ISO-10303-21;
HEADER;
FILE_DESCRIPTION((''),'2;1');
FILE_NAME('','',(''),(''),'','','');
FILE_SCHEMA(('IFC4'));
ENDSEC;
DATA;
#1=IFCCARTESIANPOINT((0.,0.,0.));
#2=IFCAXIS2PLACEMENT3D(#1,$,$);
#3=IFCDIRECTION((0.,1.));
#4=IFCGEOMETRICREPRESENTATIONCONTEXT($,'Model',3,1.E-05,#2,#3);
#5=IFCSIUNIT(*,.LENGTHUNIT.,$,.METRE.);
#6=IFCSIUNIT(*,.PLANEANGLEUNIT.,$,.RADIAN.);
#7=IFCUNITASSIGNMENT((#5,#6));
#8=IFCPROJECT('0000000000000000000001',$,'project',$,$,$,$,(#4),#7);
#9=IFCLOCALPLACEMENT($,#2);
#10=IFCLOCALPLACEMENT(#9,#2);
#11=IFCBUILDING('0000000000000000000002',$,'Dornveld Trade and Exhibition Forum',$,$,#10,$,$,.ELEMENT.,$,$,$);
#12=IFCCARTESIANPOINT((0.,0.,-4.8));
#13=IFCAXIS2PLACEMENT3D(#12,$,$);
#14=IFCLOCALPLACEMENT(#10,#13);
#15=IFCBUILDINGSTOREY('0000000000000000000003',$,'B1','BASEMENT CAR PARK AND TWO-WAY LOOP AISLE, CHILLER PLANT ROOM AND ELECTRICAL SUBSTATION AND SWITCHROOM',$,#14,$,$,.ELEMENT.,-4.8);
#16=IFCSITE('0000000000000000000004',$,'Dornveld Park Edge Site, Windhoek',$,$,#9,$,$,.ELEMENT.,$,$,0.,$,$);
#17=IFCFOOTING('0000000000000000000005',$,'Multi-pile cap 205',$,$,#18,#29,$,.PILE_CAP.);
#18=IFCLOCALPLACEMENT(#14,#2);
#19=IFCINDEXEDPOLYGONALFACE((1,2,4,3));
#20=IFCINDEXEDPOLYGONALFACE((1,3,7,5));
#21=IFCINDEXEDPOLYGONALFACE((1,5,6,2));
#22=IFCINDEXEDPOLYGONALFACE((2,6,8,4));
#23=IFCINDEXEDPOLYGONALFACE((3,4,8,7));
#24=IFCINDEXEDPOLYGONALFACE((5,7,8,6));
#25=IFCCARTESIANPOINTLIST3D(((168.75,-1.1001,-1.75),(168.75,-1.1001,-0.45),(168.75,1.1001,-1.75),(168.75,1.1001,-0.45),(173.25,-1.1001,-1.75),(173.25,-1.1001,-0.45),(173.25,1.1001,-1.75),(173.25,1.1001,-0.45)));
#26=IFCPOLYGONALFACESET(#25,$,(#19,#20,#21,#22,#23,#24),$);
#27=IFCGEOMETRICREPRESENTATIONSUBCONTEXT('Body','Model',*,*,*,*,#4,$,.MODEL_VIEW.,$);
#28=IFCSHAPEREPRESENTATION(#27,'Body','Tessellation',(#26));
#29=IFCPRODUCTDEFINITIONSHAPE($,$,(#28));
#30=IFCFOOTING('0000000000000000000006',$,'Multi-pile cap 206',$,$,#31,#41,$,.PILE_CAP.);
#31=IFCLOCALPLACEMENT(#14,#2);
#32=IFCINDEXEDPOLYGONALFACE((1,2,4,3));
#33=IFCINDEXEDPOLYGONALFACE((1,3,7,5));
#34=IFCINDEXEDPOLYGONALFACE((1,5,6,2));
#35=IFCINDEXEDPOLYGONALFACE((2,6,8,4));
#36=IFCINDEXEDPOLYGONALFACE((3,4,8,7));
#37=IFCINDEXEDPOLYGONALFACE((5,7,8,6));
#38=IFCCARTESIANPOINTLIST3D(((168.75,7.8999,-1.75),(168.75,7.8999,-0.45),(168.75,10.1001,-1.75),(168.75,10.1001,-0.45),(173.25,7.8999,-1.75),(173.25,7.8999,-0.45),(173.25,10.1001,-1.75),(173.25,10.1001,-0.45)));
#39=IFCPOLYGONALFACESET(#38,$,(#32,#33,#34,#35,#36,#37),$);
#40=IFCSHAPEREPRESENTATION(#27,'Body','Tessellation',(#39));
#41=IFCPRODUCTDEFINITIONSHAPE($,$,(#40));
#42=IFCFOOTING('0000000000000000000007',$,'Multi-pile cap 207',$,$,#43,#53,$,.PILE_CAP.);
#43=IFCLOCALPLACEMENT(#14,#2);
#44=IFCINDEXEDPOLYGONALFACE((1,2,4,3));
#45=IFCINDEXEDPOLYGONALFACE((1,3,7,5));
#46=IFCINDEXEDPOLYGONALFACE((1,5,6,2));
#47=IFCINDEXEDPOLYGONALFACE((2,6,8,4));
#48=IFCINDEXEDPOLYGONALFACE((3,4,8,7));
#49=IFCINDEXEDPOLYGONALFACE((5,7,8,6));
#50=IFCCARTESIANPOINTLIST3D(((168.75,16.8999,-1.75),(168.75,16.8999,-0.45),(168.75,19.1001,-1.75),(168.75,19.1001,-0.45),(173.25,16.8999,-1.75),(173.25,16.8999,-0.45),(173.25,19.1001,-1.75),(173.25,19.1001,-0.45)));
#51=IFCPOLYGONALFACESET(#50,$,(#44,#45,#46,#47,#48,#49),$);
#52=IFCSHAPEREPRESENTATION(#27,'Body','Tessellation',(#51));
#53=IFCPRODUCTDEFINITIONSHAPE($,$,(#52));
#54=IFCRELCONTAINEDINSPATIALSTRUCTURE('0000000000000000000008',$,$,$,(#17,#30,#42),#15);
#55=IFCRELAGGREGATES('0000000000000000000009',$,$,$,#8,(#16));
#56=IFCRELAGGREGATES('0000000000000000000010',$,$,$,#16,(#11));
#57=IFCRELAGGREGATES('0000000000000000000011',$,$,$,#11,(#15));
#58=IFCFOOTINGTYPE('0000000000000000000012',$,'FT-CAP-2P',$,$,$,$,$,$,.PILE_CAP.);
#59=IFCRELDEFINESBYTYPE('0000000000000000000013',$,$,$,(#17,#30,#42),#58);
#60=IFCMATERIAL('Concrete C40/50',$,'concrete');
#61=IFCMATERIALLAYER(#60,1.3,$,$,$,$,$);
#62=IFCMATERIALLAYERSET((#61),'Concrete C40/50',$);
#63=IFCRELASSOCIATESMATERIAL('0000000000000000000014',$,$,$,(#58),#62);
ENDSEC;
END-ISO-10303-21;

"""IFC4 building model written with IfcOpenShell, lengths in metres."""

from ifc_helpers import new_model, si_unit, direction, frame, origin, place, context, subcontext, project, spatial, polyline, outline, extrude, material, layer, layer_set, type_object, element, save


model = new_model("IFC4")

# Units and contexts
model_context = context("Model", 3, precision=1e-05, world=origin(), true_north=direction((0.0, 1.0)))
body_context = subcontext(model_context, "Body", "Model", "MODEL_VIEW")
ifc_project = project(units=[si_unit("LENGTHUNIT", "METRE"), si_unit("PLANEANGLEUNIT", "RADIAN")], contexts=[model_context])

# Site, building, storey
site_placement = place(None, origin())
site = spatial("IfcSite", under=ifc_project, at=site_placement, Name="Dornveld Park Edge Site, Windhoek", CompositionType="ELEMENT", RefElevation=0.0)
building_placement = place(site_placement, origin())
building = spatial("IfcBuilding", under=site, at=building_placement, Name="Dornveld Trade and Exhibition Forum", CompositionType="ELEMENT")
storey_placement = place(building_placement, frame((0.0, 0.0, -4.8)))
storey = spatial("IfcBuildingStorey", under=building, at=storey_placement, Name="B1", Description="BASEMENT CAR PARK AND TWO-WAY LOOP AISLE, CHILLER PLANT ROOM AND ELECTRICAL SUBSTATION AND SWITCHROOM", CompositionType="ELEMENT", Elevation=-4.8)

# Footings
ifc_material = material(Name="Concrete C40/50", Category="concrete")
ifc_layer = layer(ifc_material, 1.3)
ifc_layer_set = layer_set([ifc_layer], Name="Concrete C40/50")
footing_type = type_object("IfcFootingType", Name="FT-CAP-2P", PredefinedType="PILE_CAP", material=ifc_layer_set)
footing_1_placement = place(storey_placement, frame((0.0, 0.0, -1.75)))
element("IfcFooting", 1, at=footing_1_placement, inside=storey, type_object=footing_type, Name="Multi-pile cap 205", PredefinedType="PILE_CAP", context=body_context, shape_type="SweptSolid", body=[
    extrude(outline(polyline([(168.75, -1.1001), (173.25, -1.1001), (173.25, 1.1001), (168.75, 1.1001), (168.75, -1.1001)])), origin(), (0.0, 0.0, 1.0), 1.3),
])
footing_2_placement = place(storey_placement, frame((0.0, 0.0, -1.75)))
element("IfcFooting", 2, at=footing_2_placement, inside=storey, type_object=footing_type, Name="Multi-pile cap 206", PredefinedType="PILE_CAP", context=body_context, shape_type="SweptSolid", body=[
    extrude(outline(polyline([(168.75, 7.8999), (173.25, 7.8999), (173.25, 10.1001), (168.75, 10.1001), (168.75, 7.8999)])), origin(), (0.0, 0.0, 1.0), 1.3),
])
footing_3_placement = place(storey_placement, frame((0.0, 0.0, -1.75)))
element("IfcFooting", 3, at=footing_3_placement, inside=storey, type_object=footing_type, Name="Multi-pile cap 207", PredefinedType="PILE_CAP", context=body_context, shape_type="SweptSolid", body=[
    extrude(outline(polyline([(168.75, 16.8999), (173.25, 16.8999), (173.25, 19.1001), (168.75, 19.1001), (168.75, 16.8999)])), origin(), (0.0, 0.0, 1.0), 1.3),
])

save(model, "model.ifc")
